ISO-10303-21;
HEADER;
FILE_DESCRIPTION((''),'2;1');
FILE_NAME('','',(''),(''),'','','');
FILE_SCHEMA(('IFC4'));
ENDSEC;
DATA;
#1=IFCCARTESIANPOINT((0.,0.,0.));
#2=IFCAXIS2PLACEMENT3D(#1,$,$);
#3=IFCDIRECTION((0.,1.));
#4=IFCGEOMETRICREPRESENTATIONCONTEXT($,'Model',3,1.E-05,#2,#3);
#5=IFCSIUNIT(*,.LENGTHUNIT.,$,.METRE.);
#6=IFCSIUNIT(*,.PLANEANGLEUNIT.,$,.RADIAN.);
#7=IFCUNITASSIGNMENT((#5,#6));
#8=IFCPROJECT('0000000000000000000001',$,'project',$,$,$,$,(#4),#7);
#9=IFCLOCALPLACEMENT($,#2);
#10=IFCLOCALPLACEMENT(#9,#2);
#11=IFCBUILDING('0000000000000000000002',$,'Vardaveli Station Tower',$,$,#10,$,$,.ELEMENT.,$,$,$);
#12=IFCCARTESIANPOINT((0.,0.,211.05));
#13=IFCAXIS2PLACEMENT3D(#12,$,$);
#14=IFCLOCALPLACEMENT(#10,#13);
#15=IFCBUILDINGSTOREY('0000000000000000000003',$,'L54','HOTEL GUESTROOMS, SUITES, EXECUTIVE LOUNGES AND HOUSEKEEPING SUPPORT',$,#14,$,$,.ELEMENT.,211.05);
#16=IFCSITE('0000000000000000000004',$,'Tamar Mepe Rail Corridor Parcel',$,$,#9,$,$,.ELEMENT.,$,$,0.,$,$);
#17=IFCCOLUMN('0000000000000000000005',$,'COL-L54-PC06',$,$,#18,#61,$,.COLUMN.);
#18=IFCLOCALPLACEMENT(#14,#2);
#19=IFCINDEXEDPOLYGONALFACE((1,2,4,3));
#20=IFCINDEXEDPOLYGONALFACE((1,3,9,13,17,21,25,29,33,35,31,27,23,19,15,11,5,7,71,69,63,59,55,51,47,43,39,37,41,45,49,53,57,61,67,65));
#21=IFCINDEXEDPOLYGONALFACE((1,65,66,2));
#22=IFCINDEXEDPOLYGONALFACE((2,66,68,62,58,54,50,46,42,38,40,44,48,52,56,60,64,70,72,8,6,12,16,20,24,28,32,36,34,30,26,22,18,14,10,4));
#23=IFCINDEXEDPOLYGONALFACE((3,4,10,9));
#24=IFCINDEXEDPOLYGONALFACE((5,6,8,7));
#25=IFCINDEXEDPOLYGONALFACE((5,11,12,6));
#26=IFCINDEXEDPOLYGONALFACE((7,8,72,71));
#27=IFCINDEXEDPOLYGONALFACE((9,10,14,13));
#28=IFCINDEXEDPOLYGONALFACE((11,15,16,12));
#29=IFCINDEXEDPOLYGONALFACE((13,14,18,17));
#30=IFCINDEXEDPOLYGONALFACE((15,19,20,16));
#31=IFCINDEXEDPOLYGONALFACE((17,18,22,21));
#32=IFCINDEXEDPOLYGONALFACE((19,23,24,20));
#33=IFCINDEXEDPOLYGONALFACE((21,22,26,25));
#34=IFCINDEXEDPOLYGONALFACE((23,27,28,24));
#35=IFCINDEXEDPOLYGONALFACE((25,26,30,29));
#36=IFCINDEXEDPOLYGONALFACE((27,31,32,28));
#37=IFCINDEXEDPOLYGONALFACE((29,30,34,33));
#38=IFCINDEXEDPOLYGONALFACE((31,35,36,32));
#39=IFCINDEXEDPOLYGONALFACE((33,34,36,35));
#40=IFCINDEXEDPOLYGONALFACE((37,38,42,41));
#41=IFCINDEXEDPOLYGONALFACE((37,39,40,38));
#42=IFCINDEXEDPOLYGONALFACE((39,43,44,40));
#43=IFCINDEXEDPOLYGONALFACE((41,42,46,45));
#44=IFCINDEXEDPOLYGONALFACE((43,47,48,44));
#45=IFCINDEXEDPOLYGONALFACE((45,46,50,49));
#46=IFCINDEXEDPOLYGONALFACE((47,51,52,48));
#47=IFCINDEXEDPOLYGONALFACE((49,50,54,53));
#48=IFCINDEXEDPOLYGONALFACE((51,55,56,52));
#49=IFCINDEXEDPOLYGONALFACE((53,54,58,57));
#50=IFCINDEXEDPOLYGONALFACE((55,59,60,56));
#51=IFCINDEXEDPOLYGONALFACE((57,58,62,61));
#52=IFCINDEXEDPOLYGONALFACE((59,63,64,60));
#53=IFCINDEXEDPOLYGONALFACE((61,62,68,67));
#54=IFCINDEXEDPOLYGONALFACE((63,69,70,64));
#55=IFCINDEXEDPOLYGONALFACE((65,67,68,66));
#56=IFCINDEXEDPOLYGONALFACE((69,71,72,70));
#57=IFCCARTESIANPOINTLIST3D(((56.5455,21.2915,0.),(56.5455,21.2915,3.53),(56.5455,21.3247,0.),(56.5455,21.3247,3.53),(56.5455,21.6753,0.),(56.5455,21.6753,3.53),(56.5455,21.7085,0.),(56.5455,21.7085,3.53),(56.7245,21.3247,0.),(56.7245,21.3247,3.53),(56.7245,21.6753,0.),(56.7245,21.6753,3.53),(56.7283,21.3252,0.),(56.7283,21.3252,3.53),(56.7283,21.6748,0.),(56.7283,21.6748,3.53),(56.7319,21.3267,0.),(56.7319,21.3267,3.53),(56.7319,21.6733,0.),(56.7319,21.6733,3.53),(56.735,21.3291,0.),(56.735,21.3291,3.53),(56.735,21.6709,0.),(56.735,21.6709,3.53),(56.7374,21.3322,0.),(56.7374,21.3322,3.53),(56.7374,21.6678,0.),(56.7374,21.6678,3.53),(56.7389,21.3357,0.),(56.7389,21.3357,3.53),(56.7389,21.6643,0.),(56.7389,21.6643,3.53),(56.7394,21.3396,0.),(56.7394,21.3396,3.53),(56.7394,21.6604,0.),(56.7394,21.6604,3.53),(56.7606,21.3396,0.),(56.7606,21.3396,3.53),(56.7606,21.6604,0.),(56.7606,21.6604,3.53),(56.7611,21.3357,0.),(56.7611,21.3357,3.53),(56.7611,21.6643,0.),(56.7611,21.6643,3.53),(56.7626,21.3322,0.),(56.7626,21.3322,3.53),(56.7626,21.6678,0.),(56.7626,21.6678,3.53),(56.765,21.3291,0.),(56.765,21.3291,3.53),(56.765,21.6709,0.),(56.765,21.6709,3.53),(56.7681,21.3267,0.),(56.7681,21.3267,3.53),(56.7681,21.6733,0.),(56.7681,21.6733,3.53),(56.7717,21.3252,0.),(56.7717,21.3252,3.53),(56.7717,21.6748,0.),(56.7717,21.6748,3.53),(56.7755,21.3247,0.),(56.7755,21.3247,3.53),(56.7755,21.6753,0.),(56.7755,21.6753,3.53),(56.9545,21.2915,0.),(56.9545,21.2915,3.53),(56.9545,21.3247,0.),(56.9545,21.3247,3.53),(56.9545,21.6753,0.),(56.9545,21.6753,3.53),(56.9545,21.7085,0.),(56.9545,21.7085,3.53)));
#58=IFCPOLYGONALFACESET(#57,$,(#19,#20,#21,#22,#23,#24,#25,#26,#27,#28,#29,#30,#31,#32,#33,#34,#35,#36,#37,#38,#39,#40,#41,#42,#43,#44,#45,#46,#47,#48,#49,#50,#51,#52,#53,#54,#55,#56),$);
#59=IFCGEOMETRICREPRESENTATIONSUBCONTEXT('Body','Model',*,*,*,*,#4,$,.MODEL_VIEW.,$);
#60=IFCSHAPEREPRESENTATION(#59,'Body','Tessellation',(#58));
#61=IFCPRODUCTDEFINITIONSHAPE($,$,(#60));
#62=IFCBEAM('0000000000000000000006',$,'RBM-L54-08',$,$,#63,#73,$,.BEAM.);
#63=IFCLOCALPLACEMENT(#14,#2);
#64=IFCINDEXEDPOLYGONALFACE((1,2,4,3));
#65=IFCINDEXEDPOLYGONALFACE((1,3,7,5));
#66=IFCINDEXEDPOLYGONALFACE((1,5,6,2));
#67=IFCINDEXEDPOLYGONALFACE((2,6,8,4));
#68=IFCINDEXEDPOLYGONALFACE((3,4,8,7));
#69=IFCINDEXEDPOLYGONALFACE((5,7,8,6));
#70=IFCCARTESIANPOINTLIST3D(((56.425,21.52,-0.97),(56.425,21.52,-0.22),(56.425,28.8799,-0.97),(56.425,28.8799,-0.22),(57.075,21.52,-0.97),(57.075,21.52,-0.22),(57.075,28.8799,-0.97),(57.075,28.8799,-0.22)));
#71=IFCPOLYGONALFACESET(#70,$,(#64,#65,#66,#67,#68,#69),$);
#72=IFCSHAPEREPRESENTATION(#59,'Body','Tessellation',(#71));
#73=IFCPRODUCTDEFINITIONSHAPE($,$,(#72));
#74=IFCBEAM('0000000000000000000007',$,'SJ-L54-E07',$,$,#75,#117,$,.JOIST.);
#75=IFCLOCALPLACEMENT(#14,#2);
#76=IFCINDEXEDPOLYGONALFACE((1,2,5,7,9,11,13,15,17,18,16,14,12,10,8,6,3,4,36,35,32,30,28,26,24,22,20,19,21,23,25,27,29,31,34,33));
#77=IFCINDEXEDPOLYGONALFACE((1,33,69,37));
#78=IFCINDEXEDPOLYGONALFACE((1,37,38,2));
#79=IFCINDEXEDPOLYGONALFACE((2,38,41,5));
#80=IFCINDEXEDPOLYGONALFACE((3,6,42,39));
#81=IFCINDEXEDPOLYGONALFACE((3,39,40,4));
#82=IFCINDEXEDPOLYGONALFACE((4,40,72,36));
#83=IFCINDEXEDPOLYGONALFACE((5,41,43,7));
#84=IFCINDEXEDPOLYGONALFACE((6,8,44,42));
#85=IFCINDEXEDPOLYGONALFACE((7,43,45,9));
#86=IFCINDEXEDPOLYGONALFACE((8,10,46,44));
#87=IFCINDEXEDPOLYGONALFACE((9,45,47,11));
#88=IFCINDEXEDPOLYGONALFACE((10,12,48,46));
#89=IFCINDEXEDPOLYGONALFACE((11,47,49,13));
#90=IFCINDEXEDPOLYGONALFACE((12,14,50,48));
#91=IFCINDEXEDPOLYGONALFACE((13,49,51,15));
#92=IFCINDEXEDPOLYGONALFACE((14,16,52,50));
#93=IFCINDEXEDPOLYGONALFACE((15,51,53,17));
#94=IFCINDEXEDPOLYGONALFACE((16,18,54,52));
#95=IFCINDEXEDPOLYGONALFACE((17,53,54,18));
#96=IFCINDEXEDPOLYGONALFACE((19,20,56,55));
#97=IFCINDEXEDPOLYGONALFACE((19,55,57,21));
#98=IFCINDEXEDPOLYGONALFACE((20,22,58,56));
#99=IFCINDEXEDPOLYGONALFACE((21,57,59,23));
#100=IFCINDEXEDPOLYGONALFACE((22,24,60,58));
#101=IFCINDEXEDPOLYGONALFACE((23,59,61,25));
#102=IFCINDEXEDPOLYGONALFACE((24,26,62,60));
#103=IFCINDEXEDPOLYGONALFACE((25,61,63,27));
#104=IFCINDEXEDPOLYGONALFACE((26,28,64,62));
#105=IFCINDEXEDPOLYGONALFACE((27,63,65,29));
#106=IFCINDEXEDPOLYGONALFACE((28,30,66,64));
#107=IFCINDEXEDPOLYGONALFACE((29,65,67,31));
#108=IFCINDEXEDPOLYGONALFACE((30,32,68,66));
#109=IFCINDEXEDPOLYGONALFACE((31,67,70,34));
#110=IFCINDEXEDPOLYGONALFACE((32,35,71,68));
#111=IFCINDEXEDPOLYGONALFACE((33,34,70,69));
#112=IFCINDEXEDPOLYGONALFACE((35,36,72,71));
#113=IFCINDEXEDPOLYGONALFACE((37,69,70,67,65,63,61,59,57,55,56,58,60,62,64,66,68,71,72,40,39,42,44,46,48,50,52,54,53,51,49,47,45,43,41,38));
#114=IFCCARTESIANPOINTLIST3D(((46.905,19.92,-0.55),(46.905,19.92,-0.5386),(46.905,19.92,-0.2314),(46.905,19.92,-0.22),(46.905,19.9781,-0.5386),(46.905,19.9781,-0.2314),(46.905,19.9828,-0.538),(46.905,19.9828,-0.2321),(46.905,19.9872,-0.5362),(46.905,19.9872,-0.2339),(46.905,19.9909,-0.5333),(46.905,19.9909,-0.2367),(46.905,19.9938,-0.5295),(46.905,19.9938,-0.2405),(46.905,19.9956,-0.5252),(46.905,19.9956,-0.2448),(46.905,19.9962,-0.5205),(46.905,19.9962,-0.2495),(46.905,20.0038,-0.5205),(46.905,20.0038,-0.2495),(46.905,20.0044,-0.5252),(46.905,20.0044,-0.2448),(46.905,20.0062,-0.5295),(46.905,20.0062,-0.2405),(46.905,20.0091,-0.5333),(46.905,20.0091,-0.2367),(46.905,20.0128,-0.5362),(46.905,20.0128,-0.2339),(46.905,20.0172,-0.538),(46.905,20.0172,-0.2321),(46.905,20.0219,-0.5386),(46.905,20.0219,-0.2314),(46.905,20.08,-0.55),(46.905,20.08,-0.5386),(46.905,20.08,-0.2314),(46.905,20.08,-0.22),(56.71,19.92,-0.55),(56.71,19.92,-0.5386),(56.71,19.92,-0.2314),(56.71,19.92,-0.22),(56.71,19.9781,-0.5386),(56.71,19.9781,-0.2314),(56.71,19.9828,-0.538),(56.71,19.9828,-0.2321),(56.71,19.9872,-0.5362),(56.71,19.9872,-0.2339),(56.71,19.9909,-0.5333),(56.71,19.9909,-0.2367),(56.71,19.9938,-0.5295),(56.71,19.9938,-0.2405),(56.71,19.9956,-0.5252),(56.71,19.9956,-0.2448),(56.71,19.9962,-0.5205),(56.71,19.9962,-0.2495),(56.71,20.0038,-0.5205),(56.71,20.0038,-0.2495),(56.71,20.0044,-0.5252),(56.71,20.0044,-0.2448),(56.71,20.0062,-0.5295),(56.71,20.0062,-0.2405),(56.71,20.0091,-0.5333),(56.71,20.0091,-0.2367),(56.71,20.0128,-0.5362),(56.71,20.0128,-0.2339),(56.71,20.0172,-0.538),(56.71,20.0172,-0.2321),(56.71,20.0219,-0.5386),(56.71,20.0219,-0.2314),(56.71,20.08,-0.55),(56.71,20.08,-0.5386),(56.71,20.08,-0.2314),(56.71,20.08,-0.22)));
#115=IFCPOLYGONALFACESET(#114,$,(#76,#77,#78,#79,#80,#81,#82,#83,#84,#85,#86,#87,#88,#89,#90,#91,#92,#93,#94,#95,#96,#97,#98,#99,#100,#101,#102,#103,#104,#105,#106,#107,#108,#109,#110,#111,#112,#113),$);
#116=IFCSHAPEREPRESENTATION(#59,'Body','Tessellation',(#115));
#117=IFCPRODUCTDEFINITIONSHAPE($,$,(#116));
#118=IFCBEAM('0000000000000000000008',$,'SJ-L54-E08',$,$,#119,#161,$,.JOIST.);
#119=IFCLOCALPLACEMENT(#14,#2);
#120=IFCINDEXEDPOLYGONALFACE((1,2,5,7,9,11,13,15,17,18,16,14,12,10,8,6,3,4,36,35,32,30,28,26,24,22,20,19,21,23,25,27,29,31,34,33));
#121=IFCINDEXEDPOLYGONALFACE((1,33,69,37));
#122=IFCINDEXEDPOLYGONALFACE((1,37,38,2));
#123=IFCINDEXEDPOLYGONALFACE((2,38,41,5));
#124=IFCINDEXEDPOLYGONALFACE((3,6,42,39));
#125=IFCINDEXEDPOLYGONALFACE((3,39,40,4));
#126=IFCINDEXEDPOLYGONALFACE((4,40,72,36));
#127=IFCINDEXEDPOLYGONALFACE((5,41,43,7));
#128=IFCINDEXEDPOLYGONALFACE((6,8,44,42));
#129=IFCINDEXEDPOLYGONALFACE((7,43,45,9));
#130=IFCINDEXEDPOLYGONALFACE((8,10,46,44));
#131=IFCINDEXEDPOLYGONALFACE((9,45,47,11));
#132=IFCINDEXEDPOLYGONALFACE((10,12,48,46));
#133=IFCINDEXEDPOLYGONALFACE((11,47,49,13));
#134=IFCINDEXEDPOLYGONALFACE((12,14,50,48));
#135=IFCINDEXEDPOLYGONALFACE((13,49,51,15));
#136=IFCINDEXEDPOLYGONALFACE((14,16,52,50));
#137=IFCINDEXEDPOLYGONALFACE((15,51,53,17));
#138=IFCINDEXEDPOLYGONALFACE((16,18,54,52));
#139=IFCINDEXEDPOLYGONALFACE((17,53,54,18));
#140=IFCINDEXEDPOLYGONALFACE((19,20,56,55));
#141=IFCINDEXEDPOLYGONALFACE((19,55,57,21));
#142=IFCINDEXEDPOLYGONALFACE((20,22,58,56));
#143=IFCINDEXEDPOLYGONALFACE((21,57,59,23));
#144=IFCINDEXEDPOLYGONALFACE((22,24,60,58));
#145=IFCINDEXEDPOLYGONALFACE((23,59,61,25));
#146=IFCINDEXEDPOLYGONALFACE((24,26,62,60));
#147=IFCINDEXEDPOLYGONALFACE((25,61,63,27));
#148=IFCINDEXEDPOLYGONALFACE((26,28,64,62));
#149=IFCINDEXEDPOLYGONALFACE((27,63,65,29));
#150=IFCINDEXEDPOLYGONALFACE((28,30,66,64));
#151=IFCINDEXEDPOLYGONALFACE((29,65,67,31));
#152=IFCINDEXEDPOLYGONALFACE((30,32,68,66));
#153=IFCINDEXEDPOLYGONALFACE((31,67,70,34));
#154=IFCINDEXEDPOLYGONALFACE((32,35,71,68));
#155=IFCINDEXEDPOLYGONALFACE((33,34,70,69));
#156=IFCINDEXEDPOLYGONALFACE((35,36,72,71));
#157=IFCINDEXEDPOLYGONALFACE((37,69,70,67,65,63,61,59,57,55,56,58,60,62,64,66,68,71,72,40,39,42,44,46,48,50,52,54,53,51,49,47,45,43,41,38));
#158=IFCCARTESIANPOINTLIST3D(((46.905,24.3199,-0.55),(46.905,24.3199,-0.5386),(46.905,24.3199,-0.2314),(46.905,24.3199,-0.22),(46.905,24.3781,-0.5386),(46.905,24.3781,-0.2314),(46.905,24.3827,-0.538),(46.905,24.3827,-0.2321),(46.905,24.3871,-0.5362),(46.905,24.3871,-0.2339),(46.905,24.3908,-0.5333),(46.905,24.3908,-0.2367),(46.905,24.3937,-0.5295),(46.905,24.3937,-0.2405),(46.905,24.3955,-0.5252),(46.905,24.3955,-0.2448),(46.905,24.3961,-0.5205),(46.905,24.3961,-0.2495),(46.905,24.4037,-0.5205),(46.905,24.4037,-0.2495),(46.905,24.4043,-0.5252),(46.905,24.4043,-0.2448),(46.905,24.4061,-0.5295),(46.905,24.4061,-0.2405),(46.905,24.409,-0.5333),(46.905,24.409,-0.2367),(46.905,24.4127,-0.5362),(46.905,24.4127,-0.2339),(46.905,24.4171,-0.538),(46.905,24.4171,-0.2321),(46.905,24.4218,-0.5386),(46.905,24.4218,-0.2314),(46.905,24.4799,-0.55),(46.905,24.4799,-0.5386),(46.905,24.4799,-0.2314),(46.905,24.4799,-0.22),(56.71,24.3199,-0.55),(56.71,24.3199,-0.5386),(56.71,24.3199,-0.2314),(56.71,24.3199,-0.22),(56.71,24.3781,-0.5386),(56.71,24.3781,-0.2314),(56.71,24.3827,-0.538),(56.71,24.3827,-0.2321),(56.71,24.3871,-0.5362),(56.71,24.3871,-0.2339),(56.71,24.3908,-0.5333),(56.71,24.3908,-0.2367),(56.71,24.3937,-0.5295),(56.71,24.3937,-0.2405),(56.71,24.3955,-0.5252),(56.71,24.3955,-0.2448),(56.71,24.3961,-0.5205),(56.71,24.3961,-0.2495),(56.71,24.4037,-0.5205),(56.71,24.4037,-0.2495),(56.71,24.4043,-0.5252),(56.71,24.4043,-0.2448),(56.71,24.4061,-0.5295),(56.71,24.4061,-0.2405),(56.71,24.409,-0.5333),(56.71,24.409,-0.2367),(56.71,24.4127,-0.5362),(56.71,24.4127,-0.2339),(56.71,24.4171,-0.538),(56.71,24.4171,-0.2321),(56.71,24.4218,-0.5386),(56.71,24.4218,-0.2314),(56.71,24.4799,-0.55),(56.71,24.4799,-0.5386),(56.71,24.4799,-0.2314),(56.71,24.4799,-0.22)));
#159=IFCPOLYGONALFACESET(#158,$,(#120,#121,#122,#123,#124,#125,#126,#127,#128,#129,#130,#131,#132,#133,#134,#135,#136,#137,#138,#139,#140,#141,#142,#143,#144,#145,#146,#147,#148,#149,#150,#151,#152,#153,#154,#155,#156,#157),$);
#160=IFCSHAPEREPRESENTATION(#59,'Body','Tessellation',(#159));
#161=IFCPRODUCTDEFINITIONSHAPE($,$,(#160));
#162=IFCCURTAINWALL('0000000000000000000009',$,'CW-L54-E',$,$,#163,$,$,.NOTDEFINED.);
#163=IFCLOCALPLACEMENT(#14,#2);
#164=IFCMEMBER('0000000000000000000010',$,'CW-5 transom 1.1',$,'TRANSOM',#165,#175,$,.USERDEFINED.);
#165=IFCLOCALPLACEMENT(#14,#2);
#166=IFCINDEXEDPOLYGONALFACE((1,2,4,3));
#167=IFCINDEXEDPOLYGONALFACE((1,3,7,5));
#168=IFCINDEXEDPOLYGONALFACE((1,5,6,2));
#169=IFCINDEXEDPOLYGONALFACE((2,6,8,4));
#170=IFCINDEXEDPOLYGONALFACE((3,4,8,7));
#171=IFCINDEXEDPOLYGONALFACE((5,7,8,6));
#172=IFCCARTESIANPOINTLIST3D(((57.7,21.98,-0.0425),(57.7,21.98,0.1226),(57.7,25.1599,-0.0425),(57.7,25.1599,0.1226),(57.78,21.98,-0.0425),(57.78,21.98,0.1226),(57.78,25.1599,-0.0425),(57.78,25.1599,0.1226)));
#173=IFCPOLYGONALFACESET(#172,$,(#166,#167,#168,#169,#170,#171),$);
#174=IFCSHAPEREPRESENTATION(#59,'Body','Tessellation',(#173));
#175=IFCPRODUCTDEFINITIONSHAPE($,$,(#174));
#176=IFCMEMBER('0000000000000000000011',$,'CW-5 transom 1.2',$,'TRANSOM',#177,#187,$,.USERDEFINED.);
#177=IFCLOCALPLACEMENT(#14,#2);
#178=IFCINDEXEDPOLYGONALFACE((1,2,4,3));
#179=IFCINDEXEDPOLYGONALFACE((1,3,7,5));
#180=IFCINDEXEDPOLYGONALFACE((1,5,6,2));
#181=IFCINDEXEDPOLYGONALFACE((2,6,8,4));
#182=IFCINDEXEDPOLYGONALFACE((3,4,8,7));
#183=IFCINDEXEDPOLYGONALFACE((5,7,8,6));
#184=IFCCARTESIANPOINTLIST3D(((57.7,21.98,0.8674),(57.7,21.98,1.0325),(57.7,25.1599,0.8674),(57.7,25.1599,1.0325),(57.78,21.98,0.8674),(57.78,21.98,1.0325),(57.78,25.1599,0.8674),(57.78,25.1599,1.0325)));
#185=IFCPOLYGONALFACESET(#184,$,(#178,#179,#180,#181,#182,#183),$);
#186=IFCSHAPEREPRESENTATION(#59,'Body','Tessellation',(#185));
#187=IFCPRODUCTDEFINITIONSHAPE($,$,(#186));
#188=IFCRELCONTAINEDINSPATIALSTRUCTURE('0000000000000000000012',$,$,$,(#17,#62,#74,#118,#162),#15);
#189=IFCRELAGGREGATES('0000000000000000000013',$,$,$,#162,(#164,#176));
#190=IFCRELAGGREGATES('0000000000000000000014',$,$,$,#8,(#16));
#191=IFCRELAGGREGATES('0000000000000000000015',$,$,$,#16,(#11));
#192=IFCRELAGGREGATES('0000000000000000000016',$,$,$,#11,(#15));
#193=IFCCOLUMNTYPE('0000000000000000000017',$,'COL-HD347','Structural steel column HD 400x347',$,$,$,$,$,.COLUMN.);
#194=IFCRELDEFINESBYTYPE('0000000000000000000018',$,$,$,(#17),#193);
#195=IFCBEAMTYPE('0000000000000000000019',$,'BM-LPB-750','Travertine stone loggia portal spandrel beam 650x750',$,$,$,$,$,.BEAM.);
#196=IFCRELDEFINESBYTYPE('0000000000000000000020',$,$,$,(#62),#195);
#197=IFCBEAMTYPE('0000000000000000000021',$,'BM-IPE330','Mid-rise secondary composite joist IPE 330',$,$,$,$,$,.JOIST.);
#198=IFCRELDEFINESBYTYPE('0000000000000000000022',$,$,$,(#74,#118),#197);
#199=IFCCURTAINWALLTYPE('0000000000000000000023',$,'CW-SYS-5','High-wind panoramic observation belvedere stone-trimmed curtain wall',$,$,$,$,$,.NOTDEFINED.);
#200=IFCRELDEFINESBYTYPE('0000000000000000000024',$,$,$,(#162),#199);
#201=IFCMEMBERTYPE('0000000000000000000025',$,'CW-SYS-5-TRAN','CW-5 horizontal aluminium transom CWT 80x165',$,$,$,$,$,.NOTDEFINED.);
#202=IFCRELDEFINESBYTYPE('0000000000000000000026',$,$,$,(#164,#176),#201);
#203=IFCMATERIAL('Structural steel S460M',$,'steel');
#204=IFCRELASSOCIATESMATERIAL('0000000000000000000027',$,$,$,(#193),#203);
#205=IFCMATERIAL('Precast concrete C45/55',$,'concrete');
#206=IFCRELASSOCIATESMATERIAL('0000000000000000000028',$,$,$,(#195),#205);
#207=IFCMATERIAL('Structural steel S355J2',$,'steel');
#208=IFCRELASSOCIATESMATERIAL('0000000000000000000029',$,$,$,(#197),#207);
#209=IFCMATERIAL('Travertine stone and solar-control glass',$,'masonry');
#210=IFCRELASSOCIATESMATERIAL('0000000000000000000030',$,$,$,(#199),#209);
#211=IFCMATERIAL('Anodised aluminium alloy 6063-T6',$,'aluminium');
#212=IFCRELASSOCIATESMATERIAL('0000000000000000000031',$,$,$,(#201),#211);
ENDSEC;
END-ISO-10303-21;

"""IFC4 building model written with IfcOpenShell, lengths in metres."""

from ifc_helpers import new_model, si_unit, direction, frame, origin, origin_2d, place, context, subcontext, project, spatial, rectangle, i_section, extrude, source, transform, mapped, material, material_profile, profile_set, type_object, element, aggregate, save


model = new_model("IFC4")

# Units and contexts
model_context = context("Model", 3, precision=1e-05, world=origin(), true_north=direction((0.0, 1.0)))
body_context = subcontext(model_context, "Body", "Model", "MODEL_VIEW")
ifc_project = project(units=[si_unit("LENGTHUNIT", "METRE"), si_unit("PLANEANGLEUNIT", "RADIAN")], contexts=[model_context])

# Site, building, storey
site_placement = place(None, origin())
site = spatial("IfcSite", under=ifc_project, at=site_placement, Name="Tamar Mepe Rail Corridor Parcel", CompositionType="ELEMENT", RefElevation=0.0)
building_placement = place(site_placement, origin())
building = spatial("IfcBuilding", under=site, at=building_placement, Name="Vardaveli Station Tower", CompositionType="ELEMENT")
storey_placement = place(building_placement, frame((0.0, 0.0, 211.05)))
storey = spatial("IfcBuildingStorey", under=building, at=storey_placement, Name="L54", Description="HOTEL GUESTROOMS, SUITES, EXECUTIVE LOUNGES AND HOUSEKEEPING SUPPORT", CompositionType="ELEMENT", Elevation=211.05)

# Column
ifc_material_1 = material(Name="Structural steel S460M", Category="steel")
ifc_material_profile_1 = material_profile(ifc_material_1, i_section(OverallWidth=0.4089, OverallDepth=0.417, WebThickness=0.0212, FlangeThickness=0.0332, FilletRadius=0.0149, at=origin_2d()), Name="HD 400x347")
ifc_profile_set_1 = profile_set([ifc_material_profile_1], Name="Structural steel S460M")
column_type = type_object("IfcColumnType", Name="COL-HD347", Description="Structural steel column HD 400x347", PredefinedType="COLUMN", material=ifc_profile_set_1)
shared_shape_1 = source(origin(), body_context, "Body", "SweptSolid", [
    extrude(i_section(OverallWidth=0.4089, OverallDepth=0.417, WebThickness=0.0212, FlangeThickness=0.0332, FilletRadius=0.0149, at=origin_2d()), origin(), (0.0, 0.0, 1.0), 3.53),
])
column_placement = place(storey_placement, frame((56.75, 21.5, 0.0), z_axis=(0.0, 0.0, 1.0), x_axis=(1.0, 0.0, 0.0)))
element("IfcColumn", 1, at=column_placement, inside=storey, type_object=column_type, Name="COL-L54-PC06", PredefinedType="COLUMN", context=body_context, shape_type="MappedRepresentation", body=[
    mapped(shared_shape_1, transform((0.0, 0.0, 0.0), scale=1.0)),
])

# Beams
ifc_material_2 = material(Name="Precast concrete C45/55", Category="concrete")
ifc_material_profile_2 = material_profile(ifc_material_2, rectangle(XDim=0.6499, YDim=0.75, at=origin_2d()), Name="LPB 650x750")
ifc_profile_set_2 = profile_set([ifc_material_profile_2], Name="Precast concrete C45/55")
beam_type_1 = type_object("IfcBeamType", Name="BM-LPB-750", Description="Travertine stone loggia portal spandrel beam 650x750", PredefinedType="BEAM", material=ifc_profile_set_2)
shared_shape_2 = source(origin(), body_context, "Body", "SweptSolid", [
    extrude(rectangle(XDim=0.6499, YDim=0.75, at=origin_2d()), origin(), (0.0, 0.0, 1.0), 7.3599),
])
beam_placement = place(storey_placement, frame((56.75, 21.52, -0.595), z_axis=(0.0, 1.0, 0.0), x_axis=(-1.0, 0.0, 0.0)))
element("IfcBeam", 2, at=beam_placement, inside=storey, type_object=beam_type_1, Name="RBM-L54-08", PredefinedType="BEAM", context=body_context, shape_type="MappedRepresentation", body=[
    mapped(shared_shape_2, transform((0.0, 0.0, 0.0), scale=1.0)),
])
ifc_material_3 = material(Name="Structural steel S355J2", Category="steel")
ifc_material_profile_3 = material_profile(ifc_material_3, i_section(OverallWidth=0.1599, OverallDepth=0.3301, WebThickness=0.0076, FlangeThickness=0.0115, FilletRadius=0.0181, at=origin_2d()), Name="IPE 330")
ifc_profile_set_3 = profile_set([ifc_material_profile_3], Name="Structural steel S355J2")
beam_type_2 = type_object("IfcBeamType", Name="BM-IPE330", Description="Mid-rise secondary composite joist IPE 330", PredefinedType="JOIST", material=ifc_profile_set_3)
shared_shape_3 = source(origin(), body_context, "Body", "SweptSolid", [
    extrude(i_section(OverallWidth=0.1599, OverallDepth=0.3301, WebThickness=0.0076, FlangeThickness=0.0115, FilletRadius=0.0181, at=origin_2d()), origin(), (0.0, 0.0, 1.0), 9.8049),
])
for number, where, z_axis, x_axis, name in (
    (3, (46.905, 20.0, -0.385), (1.0, 0.0, 0.0), (0.0, 1.0, 0.0), "SJ-L54-E07"),
    (4, (46.905, 24.3999, -0.385), (1.0, 0.0, 0.0), (0.0, 1.0, 0.0), "SJ-L54-E08"),
):
    element("IfcBeam", number, at=place(storey_placement, frame(where, z_axis=z_axis, x_axis=x_axis)), inside=storey, type_object=beam_type_2, Name=name, PredefinedType="JOIST", context=body_context, shape_type="MappedRepresentation", body=[
        mapped(shared_shape_3, transform((0.0, 0.0, 0.0), scale=1.0)),
    ])

# Curtain wall, members
ifc_material_4 = material(Name="Travertine stone and solar-control glass", Category="masonry")
curtain_wall_type = type_object("IfcCurtainWallType", Name="CW-SYS-5", Description="High-wind panoramic observation belvedere stone-trimmed curtain wall", PredefinedType="NOTDEFINED", material=ifc_material_4)
curtain_wall_placement = place(storey_placement, origin())
curtain_wall = element("IfcCurtainWall", 5, at=curtain_wall_placement, inside=storey, type_object=curtain_wall_type, Name="CW-L54-E", PredefinedType="NOTDEFINED")
ifc_material_5 = material(Name="Anodised aluminium alloy 6063-T6", Category="aluminium")
ifc_material_profile_4 = material_profile(ifc_material_5, rectangle(XDim=0.0801, YDim=0.165, at=origin_2d()), Name="CWT 80x165")
ifc_profile_set_4 = profile_set([ifc_material_profile_4], Name="Anodised aluminium alloy 6063-T6")
member_type_1 = type_object("IfcMemberType", Name="CW-SYS-5-TRAN", Description="CW-5 horizontal aluminium transom CWT 80x165", PredefinedType="NOTDEFINED", material=ifc_profile_set_4)
shared_shape_4 = source(origin(), body_context, "Body", "SweptSolid", [
    extrude(rectangle(XDim=0.0801, YDim=0.165, at=origin_2d()), origin(), (0.0, 0.0, 1.0), 3.1799),
])
member_1_placement = place(storey_placement, frame((57.74, 21.98, 0.04), z_axis=(0.0, 1.0, 0.0), x_axis=(-1.0, 0.0, 0.0)))
member_1 = element("IfcMember", 6, at=member_1_placement, type_object=member_type_1, Name="CW-5 transom 1.1", ObjectType="TRANSOM", PredefinedType="USERDEFINED", context=body_context, shape_type="MappedRepresentation", body=[
    mapped(shared_shape_4, transform((0.0, 0.0, 0.0), scale=1.0)),
])
member_2_placement = place(storey_placement, frame((57.74, 21.98, 0.95), z_axis=(0.0, 1.0, 0.0), x_axis=(-1.0, 0.0, 0.0)))
member_2 = element("IfcMember", 7, at=member_2_placement, type_object=member_type_1, Name="CW-5 transom 1.2", ObjectType="TRANSOM", PredefinedType="USERDEFINED", context=body_context, shape_type="MappedRepresentation", body=[
    mapped(shared_shape_4, transform((0.0, 0.0, 0.0), scale=1.0)),
])
aggregate(curtain_wall, [member_1, member_2])

save(model, "model.ifc")
